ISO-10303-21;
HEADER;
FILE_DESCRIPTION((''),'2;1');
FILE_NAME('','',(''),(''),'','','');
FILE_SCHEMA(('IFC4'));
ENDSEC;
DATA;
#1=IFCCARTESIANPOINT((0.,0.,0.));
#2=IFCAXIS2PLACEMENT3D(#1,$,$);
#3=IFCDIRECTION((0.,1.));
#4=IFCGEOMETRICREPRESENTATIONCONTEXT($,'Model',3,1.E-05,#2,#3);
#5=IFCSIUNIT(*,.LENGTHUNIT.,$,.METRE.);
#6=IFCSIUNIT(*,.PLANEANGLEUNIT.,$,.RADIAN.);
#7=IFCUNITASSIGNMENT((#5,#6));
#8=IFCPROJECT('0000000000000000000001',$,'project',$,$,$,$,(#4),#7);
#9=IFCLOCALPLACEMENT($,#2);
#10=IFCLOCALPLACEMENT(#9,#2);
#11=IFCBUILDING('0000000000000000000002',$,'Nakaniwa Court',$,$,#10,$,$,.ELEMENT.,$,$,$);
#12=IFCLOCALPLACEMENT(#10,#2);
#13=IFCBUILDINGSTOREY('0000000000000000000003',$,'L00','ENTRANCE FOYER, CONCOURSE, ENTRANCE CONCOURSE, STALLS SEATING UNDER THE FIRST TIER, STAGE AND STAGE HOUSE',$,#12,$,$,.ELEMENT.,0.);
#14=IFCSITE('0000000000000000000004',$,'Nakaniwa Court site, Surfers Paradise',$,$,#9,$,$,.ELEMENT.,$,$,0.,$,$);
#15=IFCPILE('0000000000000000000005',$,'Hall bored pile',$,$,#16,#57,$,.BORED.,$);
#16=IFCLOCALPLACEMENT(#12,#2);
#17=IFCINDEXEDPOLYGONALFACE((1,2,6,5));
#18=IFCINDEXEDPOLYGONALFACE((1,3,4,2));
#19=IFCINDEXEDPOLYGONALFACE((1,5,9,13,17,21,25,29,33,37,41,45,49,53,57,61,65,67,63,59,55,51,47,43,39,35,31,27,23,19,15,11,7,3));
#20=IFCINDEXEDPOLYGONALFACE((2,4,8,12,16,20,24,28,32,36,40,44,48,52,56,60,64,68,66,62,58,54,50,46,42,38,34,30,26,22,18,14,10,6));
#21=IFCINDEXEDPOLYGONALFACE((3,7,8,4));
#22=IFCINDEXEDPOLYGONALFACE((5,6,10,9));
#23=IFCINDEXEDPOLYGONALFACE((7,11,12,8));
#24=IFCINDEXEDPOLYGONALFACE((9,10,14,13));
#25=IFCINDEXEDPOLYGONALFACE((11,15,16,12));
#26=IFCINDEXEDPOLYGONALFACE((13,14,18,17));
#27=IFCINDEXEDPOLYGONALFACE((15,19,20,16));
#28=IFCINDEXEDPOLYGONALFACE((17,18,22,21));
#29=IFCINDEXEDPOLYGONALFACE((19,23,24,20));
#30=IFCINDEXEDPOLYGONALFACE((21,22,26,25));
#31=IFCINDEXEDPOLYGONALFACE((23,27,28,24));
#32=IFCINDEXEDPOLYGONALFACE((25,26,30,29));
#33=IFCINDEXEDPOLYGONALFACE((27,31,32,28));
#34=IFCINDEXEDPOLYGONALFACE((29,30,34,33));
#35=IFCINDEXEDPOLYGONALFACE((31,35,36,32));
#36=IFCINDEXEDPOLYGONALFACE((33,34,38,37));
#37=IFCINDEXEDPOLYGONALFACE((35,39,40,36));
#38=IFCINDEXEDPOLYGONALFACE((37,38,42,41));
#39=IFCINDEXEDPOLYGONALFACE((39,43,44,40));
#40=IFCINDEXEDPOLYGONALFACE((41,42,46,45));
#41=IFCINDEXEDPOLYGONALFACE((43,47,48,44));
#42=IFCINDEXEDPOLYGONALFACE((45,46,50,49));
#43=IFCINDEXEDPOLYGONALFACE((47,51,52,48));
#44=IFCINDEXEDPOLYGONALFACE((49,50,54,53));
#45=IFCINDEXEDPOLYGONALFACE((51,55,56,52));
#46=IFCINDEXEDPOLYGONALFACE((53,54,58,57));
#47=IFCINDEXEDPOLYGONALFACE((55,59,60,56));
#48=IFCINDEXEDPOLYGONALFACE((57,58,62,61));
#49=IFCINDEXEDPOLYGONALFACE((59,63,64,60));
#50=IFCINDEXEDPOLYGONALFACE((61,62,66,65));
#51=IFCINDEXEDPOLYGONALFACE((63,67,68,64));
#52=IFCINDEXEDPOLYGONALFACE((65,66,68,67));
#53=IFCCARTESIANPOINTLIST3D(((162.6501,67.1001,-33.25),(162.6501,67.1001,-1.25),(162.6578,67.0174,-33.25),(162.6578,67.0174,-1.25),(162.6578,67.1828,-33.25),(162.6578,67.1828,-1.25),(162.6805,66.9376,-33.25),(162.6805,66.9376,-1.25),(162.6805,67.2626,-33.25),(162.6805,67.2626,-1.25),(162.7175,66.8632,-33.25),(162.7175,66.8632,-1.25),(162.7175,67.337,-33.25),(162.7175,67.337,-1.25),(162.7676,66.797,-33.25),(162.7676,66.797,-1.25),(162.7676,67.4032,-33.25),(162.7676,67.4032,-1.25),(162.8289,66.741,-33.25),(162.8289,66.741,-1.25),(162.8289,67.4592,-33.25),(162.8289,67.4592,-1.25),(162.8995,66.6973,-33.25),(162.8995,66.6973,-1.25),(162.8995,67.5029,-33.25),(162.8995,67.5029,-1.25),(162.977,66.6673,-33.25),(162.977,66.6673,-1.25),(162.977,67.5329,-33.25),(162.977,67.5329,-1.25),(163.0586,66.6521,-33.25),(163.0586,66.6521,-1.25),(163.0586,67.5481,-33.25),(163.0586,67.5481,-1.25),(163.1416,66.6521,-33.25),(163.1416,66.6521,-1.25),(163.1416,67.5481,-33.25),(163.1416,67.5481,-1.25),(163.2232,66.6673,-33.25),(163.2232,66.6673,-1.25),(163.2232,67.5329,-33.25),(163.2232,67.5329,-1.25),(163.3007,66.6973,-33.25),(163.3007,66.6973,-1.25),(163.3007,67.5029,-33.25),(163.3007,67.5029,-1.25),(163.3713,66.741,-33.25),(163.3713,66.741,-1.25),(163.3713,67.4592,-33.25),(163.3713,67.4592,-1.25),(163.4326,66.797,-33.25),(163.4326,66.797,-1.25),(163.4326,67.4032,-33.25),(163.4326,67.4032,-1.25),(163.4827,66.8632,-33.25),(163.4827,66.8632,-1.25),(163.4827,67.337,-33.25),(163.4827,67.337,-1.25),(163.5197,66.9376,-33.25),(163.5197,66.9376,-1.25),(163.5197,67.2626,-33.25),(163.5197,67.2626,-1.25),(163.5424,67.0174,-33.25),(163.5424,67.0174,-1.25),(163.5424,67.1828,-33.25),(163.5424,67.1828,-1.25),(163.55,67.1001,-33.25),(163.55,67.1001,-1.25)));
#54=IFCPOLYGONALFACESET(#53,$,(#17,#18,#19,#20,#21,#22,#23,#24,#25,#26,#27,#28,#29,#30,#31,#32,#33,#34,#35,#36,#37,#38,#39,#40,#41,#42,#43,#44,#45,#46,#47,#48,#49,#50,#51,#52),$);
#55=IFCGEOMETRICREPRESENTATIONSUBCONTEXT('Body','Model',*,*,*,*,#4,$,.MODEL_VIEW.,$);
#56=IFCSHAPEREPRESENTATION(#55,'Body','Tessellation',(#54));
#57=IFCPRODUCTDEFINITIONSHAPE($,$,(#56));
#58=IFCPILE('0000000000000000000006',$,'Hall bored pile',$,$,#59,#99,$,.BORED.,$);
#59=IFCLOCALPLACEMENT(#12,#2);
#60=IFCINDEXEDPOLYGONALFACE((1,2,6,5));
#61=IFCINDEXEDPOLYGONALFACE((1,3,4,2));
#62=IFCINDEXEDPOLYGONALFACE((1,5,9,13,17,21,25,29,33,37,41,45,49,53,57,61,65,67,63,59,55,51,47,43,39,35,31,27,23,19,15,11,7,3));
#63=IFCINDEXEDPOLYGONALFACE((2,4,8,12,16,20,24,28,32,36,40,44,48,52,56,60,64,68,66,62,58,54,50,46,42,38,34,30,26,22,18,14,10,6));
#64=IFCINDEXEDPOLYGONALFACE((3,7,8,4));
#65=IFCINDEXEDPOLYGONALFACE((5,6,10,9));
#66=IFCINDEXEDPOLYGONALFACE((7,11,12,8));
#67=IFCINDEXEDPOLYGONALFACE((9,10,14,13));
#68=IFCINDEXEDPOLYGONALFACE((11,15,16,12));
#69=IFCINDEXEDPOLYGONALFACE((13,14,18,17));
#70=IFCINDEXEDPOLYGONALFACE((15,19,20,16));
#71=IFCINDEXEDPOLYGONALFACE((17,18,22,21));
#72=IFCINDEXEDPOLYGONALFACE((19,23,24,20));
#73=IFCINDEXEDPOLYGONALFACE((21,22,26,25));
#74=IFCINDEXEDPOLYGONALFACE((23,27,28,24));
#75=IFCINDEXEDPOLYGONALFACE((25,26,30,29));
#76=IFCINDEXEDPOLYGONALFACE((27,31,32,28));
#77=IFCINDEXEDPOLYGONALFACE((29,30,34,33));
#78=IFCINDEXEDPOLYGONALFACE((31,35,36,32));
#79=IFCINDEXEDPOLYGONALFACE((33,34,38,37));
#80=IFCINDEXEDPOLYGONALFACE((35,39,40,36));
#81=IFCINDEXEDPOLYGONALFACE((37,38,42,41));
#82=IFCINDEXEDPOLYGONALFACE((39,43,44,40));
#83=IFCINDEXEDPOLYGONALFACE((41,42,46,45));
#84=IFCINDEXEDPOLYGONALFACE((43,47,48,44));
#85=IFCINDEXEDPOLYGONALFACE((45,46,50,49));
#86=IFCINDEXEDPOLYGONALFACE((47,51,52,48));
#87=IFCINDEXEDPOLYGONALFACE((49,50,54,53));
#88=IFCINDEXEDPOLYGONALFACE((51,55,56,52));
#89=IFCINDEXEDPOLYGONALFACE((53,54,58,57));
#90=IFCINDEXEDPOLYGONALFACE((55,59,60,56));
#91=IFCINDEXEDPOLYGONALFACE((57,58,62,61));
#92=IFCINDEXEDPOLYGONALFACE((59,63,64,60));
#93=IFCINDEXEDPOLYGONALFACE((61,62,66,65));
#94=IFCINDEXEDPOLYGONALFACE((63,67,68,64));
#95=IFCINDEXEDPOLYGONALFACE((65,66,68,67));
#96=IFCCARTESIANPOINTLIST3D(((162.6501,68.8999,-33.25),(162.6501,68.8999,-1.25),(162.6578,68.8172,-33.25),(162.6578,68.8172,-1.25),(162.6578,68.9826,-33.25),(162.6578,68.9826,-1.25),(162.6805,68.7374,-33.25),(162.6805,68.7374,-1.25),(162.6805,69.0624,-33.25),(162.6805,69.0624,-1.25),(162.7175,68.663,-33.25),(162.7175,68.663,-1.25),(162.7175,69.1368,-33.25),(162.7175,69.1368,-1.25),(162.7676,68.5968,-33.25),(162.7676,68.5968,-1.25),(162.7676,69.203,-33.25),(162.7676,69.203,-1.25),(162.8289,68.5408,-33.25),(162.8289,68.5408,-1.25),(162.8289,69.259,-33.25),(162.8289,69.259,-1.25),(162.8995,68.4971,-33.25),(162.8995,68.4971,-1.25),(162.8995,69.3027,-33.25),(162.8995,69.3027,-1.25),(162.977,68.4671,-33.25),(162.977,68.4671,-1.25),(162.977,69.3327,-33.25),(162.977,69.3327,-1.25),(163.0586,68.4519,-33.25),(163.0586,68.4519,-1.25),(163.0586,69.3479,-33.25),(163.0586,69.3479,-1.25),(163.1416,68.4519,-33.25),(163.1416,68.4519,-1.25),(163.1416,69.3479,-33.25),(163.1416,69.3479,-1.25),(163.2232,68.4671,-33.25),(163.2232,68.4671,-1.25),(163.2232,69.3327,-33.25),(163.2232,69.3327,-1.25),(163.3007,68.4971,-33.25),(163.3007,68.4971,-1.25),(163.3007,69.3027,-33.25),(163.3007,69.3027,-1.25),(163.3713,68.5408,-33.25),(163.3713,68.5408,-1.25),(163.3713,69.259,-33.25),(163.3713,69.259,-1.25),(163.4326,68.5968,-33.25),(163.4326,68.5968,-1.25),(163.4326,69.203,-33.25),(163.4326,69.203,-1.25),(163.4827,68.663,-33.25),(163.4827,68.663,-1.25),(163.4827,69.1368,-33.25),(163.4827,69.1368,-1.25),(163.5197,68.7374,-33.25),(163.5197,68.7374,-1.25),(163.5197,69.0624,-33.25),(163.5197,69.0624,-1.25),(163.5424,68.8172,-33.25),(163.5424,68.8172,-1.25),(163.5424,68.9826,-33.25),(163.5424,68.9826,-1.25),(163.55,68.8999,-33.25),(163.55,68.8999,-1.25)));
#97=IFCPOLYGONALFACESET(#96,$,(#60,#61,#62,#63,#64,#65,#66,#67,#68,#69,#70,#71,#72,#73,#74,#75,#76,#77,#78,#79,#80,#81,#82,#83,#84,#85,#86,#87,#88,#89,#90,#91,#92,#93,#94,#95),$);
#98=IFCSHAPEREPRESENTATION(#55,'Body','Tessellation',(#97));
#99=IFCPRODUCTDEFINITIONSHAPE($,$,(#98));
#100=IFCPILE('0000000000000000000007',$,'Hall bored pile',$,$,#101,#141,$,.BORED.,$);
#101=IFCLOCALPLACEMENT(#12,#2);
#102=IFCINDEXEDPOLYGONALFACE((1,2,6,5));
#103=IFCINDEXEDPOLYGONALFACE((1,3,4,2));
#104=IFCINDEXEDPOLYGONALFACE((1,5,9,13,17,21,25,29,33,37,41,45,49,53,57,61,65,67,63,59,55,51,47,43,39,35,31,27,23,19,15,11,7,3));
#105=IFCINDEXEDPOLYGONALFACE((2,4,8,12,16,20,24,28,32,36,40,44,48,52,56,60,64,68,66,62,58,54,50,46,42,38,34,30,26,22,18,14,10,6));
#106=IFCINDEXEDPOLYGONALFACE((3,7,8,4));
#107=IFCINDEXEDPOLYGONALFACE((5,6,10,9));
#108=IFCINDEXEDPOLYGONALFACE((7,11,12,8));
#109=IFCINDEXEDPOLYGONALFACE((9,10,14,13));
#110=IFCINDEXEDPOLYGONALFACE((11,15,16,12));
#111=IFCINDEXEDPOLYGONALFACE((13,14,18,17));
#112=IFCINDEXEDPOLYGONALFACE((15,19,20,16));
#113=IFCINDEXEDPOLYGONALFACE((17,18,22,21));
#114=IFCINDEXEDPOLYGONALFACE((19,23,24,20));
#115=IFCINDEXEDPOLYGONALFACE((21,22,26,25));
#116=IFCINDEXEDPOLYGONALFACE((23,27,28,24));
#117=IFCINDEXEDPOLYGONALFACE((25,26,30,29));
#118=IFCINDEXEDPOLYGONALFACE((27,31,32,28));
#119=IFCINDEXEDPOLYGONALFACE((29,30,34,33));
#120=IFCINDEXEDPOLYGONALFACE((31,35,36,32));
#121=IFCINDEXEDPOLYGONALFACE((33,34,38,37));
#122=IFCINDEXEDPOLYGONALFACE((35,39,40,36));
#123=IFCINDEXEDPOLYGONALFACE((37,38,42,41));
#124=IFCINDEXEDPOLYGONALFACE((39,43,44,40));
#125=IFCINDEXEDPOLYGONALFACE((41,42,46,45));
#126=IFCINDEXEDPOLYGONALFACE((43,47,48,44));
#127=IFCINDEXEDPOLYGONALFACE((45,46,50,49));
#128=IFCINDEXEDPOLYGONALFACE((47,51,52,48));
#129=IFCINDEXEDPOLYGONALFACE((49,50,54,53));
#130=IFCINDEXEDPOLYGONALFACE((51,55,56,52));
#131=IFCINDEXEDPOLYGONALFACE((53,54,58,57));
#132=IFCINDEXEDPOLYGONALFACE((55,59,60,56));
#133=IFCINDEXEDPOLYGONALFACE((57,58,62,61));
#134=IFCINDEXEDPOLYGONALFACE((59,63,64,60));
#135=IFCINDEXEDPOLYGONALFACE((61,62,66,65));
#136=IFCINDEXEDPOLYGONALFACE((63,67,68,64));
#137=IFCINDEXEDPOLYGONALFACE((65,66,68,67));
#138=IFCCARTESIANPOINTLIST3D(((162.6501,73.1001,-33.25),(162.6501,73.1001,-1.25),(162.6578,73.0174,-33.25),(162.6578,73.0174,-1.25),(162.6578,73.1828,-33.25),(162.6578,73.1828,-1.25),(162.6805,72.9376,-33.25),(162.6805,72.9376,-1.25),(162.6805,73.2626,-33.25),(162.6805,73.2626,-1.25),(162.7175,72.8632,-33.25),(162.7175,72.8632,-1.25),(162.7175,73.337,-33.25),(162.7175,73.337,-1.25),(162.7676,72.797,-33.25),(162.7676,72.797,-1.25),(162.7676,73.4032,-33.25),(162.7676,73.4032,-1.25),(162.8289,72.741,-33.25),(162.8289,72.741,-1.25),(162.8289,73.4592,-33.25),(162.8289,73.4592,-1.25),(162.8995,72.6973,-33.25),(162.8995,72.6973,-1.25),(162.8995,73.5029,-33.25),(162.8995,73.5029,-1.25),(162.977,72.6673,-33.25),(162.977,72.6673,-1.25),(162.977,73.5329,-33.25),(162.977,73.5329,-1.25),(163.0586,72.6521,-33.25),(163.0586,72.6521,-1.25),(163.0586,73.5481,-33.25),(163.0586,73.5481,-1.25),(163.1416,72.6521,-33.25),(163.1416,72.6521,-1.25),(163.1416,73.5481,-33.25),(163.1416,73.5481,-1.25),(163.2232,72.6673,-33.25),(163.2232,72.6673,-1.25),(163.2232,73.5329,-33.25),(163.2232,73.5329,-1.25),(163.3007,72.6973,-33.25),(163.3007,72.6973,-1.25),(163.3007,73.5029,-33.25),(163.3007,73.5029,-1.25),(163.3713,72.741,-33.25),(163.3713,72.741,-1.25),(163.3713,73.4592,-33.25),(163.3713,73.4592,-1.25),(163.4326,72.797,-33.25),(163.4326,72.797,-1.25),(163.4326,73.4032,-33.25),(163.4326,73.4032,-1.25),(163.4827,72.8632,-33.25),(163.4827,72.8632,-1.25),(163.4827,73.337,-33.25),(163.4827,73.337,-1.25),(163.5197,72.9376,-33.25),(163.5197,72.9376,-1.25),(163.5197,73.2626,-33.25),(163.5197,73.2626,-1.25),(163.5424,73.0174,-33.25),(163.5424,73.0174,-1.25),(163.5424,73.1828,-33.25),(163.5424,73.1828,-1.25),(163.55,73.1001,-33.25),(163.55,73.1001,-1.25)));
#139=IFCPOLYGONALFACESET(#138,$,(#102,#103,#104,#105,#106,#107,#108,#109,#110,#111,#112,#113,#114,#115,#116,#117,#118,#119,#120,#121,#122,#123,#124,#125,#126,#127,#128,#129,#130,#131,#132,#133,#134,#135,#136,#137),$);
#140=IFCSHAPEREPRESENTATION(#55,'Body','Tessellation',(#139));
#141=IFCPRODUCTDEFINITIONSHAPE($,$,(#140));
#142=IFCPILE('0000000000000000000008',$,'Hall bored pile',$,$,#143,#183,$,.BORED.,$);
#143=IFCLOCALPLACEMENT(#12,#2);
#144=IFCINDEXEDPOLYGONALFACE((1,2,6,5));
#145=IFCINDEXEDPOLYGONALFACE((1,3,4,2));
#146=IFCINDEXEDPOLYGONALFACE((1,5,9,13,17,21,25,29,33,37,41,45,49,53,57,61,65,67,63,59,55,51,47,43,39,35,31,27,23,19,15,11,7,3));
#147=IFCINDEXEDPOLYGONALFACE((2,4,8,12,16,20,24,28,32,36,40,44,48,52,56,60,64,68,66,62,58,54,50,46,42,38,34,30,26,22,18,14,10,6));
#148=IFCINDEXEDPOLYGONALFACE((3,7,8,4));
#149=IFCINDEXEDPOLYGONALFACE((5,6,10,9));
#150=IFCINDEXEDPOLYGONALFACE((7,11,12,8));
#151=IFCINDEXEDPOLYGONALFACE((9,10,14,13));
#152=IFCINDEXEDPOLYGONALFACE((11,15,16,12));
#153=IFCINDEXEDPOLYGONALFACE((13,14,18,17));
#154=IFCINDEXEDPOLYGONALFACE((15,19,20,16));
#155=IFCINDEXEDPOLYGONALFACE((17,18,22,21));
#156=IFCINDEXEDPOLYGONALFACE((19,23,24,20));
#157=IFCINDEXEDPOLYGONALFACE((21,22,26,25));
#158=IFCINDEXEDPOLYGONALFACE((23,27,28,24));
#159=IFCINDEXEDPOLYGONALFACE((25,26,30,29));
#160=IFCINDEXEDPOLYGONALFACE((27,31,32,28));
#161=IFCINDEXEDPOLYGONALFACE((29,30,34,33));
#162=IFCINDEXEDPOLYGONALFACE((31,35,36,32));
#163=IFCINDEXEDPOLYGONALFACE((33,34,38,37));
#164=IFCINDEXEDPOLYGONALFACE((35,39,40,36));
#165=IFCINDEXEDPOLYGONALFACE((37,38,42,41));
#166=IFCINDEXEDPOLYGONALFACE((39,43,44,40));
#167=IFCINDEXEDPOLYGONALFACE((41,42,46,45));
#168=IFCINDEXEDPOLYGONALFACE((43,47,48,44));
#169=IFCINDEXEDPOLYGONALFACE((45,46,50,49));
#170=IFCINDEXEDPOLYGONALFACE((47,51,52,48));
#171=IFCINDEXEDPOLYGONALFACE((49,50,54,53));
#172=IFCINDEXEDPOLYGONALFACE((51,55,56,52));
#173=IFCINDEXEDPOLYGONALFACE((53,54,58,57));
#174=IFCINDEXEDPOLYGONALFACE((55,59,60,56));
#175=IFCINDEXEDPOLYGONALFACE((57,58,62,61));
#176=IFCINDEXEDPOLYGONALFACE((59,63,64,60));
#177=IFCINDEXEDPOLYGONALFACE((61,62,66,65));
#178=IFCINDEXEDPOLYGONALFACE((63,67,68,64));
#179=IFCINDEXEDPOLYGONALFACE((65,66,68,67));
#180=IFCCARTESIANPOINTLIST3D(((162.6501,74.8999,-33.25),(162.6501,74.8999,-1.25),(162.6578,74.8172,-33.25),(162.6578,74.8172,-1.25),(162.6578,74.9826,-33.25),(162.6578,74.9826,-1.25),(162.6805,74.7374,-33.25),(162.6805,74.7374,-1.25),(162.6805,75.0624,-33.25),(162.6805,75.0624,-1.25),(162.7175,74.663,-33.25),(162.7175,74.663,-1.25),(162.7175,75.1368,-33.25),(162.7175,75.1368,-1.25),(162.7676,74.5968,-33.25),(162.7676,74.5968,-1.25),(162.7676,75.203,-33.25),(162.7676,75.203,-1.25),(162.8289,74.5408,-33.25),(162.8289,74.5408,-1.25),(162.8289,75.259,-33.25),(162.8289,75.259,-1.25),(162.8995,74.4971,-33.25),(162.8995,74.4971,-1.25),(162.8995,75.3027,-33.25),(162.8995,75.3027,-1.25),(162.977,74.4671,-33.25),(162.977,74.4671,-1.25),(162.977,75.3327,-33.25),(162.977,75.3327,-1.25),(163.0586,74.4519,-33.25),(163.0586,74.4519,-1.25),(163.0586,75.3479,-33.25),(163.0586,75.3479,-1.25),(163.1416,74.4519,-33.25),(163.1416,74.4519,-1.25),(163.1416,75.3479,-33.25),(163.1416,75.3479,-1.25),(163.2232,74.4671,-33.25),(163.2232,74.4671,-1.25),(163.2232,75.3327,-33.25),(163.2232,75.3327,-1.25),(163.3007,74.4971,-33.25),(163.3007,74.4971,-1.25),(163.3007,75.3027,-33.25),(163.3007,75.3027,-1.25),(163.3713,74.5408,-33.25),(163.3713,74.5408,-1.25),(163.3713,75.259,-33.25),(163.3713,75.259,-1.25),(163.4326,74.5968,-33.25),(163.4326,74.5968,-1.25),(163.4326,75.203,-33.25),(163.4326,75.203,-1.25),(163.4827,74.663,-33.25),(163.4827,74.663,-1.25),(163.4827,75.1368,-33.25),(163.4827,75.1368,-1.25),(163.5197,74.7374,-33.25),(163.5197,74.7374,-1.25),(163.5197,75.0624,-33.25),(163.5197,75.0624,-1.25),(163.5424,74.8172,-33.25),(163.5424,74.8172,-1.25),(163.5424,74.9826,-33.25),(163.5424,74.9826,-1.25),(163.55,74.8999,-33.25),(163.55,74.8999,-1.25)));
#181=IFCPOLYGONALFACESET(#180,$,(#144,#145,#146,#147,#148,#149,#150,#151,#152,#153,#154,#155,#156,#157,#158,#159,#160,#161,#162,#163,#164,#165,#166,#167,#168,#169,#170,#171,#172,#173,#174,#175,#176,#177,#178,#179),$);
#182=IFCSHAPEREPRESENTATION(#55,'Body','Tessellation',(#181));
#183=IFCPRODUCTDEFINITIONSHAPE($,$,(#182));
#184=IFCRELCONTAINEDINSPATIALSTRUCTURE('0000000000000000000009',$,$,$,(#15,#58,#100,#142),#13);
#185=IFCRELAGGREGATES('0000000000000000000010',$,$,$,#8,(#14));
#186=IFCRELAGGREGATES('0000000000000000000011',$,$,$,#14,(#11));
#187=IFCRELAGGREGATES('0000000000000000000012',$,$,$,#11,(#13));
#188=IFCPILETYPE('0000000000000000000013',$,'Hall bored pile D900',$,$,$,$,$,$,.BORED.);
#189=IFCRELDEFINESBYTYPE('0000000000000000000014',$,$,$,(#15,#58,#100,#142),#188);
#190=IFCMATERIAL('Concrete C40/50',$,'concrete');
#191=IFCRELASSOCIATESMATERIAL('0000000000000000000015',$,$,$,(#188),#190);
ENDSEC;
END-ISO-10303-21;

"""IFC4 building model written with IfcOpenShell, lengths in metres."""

from ifc_helpers import new_model, si_unit, direction, frame, origin, origin_2d, place, context, subcontext, project, spatial, circle, extrude, material, material_profile, profile_set, type_object, element, save


model = new_model("IFC4")

# Units and contexts
model_context = context("Model", 3, precision=1e-05, world=origin(), true_north=direction((0.0, 1.0)))
body_context = subcontext(model_context, "Body", "Model", "MODEL_VIEW")
ifc_project = project(units=[si_unit("LENGTHUNIT", "METRE"), si_unit("PLANEANGLEUNIT", "RADIAN")], contexts=[model_context])

# Site, building, storey
site_placement = place(None, origin())
site = spatial("IfcSite", under=ifc_project, at=site_placement, Name="Nakaniwa Court site, Surfers Paradise", CompositionType="ELEMENT", RefElevation=0.0)
building_placement = place(site_placement, origin())
building = spatial("IfcBuilding", under=site, at=building_placement, Name="Nakaniwa Court", CompositionType="ELEMENT")
storey_placement = place(building_placement, origin())
storey = spatial("IfcBuildingStorey", under=building, at=storey_placement, Name="L00", Description="ENTRANCE FOYER, CONCOURSE, ENTRANCE CONCOURSE, STALLS SEATING UNDER THE FIRST TIER, STAGE AND STAGE HOUSE", CompositionType="ELEMENT", Elevation=0.0)

# Piles
ifc_material_1 = material(Name="Concrete C40/50", Category="concrete")
ifc_material_profile_1 = material_profile(ifc_material_1, circle(Radius=0.45, at=origin_2d()), Name="Bored pile D900")
ifc_profile_set_1 = profile_set([ifc_material_profile_1], Name="Concrete C40/50")
pile_type = type_object("IfcPileType", Name="Hall bored pile D900", PredefinedType="BORED", material=ifc_profile_set_1)
for number, where, z_axis, x_axis, name in (
    (1, (163.1001, 67.1001, -1.25), (0.0, 0.0, -1.0), (1.0, 0.0, 0.0), "Hall bored pile"),
    (2, (163.1001, 68.8999, -1.25), (0.0, 0.0, -1.0), (1.0, 0.0, 0.0), "Hall bored pile"),
    (3, (163.1001, 73.1001, -1.25), (0.0, 0.0, -1.0), (1.0, 0.0, 0.0), "Hall bored pile"),
    (4, (163.1001, 74.8999, -1.25), (0.0, 0.0, -1.0), (1.0, 0.0, 0.0), "Hall bored pile"),
):
    element("IfcPile", number, at=place(storey_placement, frame(where, z_axis=z_axis, x_axis=x_axis)), inside=storey, type_object=pile_type, Name=name, PredefinedType="BORED", context=body_context, shape_type="SweptSolid", body=[
        extrude(circle(Radius=0.45, at=origin_2d()), origin(), (0.0, 0.0, 1.0), 32.0),
    ])

save(model, "model.ifc")
